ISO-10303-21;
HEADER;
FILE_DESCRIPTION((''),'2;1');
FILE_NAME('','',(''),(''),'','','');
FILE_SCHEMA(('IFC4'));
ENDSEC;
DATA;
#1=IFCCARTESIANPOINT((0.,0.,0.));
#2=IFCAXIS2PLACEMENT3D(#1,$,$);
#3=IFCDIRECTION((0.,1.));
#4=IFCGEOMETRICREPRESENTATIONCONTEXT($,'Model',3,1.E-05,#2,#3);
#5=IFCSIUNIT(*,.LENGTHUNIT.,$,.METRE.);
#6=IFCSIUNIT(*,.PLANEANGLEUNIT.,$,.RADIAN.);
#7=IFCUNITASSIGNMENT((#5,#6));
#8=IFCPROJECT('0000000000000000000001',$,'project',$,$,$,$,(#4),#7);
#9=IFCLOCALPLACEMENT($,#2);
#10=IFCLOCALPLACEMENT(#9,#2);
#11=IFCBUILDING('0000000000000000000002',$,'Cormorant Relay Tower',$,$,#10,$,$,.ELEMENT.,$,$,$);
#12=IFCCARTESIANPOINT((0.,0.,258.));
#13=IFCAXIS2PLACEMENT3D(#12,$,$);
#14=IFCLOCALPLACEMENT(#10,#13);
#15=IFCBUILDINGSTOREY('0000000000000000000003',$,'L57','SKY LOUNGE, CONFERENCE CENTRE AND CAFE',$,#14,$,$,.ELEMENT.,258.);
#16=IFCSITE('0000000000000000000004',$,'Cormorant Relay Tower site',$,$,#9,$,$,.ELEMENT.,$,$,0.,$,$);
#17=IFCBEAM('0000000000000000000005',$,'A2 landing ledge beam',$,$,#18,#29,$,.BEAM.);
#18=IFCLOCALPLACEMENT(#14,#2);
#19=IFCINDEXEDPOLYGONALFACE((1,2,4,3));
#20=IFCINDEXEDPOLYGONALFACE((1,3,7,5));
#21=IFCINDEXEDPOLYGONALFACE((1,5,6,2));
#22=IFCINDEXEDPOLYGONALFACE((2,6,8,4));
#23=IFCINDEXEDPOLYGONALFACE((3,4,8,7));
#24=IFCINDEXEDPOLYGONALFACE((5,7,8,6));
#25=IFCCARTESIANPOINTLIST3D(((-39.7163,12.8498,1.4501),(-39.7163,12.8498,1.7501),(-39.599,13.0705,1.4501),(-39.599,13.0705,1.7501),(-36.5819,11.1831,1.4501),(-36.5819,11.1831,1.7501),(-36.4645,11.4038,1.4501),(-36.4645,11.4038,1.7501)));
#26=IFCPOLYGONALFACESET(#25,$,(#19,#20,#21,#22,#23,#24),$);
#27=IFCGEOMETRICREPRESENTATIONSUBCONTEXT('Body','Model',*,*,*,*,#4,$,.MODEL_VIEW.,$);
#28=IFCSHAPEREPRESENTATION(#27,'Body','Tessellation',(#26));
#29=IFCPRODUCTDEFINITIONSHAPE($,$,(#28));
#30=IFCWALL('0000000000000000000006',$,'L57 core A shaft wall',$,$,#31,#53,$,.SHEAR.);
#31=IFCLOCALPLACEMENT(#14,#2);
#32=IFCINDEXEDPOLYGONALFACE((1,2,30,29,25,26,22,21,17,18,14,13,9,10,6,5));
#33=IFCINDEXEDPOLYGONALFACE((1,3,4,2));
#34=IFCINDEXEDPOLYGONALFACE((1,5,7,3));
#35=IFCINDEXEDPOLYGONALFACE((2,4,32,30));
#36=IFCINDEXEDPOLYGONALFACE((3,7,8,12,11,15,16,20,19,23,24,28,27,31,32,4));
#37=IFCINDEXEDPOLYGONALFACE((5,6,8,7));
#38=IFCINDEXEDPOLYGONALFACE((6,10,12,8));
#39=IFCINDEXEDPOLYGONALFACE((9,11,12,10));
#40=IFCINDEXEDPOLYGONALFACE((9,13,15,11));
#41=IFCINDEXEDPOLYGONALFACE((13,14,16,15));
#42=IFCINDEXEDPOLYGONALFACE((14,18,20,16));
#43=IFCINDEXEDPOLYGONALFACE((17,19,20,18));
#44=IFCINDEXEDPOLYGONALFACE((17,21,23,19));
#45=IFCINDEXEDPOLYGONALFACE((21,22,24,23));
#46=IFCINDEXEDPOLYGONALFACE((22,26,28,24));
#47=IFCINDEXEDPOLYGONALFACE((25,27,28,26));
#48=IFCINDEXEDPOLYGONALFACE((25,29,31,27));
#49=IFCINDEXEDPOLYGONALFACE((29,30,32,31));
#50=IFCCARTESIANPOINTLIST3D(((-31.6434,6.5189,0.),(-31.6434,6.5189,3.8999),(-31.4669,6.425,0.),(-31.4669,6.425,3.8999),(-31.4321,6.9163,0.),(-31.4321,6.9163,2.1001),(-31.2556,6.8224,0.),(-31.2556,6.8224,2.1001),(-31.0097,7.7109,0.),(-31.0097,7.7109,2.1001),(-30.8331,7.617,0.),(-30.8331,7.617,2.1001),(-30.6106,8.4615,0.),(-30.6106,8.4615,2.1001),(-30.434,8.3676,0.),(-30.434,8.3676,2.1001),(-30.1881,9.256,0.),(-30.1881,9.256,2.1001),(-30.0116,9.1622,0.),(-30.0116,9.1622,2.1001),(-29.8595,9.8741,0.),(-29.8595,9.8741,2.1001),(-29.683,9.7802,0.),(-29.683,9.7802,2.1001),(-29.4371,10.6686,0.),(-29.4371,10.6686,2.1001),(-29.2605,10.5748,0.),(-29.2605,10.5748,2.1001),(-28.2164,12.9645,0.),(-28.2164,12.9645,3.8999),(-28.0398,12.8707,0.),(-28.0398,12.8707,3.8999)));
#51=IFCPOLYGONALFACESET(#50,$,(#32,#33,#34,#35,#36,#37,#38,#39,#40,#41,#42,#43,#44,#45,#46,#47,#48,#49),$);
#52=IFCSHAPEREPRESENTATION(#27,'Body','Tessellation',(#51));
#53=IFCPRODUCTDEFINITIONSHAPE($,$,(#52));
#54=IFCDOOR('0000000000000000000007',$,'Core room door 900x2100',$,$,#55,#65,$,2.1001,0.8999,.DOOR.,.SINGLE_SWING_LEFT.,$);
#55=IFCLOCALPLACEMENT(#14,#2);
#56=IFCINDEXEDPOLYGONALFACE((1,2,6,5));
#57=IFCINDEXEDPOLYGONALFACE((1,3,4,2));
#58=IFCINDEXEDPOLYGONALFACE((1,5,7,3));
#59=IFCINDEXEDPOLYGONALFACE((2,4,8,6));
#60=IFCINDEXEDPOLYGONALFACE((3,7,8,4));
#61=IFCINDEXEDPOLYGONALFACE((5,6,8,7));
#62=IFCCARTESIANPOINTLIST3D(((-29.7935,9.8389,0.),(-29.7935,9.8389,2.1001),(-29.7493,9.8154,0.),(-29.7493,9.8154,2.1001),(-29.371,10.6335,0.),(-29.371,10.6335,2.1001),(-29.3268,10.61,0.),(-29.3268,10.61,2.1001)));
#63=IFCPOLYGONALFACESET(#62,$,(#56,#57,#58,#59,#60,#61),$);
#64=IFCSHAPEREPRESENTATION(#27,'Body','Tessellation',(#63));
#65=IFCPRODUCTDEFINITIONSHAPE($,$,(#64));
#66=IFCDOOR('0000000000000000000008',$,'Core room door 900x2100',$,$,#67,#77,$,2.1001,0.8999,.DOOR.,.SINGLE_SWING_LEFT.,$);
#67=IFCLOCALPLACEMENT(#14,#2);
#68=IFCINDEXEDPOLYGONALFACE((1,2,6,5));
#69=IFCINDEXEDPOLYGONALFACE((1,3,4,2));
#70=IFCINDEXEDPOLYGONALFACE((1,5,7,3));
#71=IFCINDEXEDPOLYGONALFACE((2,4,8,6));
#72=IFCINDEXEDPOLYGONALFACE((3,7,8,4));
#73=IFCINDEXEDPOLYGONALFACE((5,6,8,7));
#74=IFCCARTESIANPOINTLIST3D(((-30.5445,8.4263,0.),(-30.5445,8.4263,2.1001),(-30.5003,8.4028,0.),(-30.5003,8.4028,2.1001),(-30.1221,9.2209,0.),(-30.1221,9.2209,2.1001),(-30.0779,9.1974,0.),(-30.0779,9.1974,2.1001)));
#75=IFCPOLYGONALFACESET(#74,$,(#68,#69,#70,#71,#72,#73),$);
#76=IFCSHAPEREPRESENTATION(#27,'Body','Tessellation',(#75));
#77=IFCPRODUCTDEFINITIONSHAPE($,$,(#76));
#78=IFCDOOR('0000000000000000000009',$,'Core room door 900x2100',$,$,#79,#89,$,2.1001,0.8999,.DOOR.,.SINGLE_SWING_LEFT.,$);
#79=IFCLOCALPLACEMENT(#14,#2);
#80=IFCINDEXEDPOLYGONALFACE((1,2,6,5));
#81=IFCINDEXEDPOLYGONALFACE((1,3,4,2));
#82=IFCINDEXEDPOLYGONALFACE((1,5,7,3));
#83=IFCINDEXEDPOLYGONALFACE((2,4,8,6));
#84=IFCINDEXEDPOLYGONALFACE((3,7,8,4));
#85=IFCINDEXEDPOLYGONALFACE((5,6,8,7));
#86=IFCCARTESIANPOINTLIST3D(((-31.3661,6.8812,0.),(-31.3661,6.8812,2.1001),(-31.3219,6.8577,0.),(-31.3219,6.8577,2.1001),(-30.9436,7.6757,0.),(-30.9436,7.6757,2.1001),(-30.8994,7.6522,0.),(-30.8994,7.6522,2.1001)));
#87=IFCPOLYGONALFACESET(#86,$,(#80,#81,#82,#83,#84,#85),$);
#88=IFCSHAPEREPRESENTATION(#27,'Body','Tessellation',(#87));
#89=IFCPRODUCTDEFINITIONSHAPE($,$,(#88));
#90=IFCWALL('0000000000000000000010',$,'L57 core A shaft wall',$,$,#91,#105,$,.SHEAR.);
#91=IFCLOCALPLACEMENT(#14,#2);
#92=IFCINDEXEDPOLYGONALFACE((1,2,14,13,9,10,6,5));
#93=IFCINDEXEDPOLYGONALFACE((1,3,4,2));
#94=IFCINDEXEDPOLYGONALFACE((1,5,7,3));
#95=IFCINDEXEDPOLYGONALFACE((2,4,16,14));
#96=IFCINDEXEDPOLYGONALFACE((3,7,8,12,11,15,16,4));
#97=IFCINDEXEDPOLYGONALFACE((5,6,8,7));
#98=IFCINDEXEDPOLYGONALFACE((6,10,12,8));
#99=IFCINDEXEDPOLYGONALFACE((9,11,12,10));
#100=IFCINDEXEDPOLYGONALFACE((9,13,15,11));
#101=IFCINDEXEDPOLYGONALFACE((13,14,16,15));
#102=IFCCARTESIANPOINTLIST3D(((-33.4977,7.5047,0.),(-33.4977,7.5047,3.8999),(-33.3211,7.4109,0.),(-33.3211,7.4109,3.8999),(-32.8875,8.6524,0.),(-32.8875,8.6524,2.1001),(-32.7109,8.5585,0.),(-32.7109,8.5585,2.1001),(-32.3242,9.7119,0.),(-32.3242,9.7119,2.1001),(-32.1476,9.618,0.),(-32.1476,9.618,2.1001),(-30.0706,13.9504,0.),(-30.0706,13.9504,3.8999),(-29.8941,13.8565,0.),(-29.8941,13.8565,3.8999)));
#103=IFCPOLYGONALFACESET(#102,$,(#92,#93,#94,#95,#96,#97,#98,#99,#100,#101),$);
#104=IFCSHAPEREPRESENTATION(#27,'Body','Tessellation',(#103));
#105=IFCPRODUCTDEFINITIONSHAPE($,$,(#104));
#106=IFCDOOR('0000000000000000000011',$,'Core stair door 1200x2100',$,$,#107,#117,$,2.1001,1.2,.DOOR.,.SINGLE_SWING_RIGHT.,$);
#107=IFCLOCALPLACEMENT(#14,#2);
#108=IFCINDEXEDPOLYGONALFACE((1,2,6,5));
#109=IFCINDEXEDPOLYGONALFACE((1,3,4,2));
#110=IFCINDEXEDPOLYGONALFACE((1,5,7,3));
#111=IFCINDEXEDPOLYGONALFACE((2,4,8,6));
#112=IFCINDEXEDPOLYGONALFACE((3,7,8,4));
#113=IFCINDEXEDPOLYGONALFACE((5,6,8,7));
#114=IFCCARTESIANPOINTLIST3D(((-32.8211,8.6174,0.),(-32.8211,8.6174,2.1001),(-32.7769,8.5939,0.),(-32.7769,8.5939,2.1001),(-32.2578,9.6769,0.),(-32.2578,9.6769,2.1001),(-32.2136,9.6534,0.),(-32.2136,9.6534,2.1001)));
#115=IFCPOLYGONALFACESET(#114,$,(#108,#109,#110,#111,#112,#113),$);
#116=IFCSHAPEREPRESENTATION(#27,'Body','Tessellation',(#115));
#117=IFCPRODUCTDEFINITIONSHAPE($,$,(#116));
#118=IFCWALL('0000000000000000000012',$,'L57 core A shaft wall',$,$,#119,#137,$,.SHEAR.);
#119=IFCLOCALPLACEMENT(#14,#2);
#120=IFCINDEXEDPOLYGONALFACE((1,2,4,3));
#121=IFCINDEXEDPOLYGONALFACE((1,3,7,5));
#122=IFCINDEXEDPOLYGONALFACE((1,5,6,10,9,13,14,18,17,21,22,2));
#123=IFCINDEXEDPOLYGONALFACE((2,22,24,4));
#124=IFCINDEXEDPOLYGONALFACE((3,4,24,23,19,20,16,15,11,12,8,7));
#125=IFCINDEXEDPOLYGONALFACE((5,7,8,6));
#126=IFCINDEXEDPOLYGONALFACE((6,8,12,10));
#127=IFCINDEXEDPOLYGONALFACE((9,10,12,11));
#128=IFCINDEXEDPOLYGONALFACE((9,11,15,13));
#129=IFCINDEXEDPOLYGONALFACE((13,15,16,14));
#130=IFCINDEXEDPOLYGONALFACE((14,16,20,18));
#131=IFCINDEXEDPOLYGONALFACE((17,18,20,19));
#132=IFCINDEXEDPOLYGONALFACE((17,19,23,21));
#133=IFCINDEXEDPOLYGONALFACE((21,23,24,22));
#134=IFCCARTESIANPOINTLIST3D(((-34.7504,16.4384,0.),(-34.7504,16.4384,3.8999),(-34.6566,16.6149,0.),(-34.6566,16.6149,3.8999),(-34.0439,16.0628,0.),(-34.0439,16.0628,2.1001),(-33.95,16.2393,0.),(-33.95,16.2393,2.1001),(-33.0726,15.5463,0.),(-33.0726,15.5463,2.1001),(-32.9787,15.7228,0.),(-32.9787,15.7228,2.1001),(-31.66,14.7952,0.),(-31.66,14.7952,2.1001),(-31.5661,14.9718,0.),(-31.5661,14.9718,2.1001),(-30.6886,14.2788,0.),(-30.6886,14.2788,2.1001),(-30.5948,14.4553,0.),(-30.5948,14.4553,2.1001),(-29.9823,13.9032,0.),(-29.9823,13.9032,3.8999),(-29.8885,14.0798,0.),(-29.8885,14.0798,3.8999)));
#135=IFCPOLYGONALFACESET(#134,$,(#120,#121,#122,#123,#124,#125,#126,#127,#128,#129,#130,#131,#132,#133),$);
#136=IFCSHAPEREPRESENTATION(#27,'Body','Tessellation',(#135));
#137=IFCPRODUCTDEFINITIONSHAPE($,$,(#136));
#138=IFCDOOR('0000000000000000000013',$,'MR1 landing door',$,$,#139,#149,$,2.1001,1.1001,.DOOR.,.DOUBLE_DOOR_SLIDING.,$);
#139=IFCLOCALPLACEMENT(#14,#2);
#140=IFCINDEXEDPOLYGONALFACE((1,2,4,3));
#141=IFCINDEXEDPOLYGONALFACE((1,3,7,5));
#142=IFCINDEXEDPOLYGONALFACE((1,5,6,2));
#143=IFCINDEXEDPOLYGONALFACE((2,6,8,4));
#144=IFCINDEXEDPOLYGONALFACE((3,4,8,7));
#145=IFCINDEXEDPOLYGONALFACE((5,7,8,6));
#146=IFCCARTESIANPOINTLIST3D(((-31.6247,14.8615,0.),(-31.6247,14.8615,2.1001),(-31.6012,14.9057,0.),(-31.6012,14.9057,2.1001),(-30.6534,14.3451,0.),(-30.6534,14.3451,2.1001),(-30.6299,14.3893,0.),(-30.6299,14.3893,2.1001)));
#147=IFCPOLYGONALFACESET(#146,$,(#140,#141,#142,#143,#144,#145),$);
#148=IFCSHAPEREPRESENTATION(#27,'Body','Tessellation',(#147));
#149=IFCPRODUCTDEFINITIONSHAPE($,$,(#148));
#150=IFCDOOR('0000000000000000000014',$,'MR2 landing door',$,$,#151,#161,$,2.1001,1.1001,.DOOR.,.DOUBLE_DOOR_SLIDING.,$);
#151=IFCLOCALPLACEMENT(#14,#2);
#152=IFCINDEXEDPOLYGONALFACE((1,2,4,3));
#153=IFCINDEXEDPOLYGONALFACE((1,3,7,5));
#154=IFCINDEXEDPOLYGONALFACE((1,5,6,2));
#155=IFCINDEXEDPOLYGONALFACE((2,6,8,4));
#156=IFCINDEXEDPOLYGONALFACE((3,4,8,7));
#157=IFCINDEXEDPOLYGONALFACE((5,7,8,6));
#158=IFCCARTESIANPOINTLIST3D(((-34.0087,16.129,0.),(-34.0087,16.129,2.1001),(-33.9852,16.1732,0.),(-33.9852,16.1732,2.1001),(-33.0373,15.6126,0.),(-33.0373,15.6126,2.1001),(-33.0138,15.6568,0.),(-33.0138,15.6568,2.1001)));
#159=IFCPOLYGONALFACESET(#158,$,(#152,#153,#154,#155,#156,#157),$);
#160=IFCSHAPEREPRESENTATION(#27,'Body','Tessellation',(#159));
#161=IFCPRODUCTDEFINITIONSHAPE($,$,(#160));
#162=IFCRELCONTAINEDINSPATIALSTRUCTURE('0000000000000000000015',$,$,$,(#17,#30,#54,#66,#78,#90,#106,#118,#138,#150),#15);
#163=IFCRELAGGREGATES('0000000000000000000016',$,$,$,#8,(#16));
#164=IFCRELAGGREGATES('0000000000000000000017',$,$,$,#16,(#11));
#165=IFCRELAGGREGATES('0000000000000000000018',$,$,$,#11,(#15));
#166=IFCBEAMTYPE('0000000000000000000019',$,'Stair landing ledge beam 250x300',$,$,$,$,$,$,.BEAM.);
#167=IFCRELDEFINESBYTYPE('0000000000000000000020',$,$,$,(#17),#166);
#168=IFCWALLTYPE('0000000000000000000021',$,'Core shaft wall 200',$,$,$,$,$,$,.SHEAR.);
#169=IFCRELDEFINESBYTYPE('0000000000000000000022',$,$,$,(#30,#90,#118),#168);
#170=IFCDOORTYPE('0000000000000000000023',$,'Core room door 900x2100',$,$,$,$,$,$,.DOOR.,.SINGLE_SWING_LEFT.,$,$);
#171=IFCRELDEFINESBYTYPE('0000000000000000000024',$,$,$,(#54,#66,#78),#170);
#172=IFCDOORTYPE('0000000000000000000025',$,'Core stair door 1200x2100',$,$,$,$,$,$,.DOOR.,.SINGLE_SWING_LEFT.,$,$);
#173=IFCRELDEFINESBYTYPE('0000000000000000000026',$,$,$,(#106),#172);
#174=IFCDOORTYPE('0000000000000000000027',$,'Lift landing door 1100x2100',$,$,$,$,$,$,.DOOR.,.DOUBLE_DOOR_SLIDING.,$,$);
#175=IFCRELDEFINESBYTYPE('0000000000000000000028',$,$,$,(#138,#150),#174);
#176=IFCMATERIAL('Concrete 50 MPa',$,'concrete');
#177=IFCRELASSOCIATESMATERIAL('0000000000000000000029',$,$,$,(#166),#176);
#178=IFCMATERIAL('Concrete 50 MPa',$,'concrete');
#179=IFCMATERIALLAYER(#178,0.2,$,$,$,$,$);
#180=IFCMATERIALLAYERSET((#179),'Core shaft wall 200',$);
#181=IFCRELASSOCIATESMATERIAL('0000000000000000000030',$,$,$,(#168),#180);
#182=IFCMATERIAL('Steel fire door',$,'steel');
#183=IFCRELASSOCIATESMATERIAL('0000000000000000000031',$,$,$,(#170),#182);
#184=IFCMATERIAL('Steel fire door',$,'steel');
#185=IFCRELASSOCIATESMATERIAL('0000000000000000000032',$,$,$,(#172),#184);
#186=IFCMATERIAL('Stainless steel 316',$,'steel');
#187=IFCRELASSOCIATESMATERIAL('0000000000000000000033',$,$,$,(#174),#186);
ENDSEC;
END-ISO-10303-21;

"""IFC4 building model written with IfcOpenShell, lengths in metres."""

from ifc_helpers import new_model, si_unit, direction, frame, frame_2d, origin, origin_2d, place, context, subcontext, project, spatial, rectangle, extrude, material, layer, layer_set, material_profile, profile_set, type_object, element, fill, save


model = new_model("IFC4")

# Units and contexts
model_context = context("Model", 3, precision=1e-05, world=origin(), true_north=direction((0.0, 1.0)))
body_context = subcontext(model_context, "Body", "Model", "MODEL_VIEW")
ifc_project = project(units=[si_unit("LENGTHUNIT", "METRE"), si_unit("PLANEANGLEUNIT", "RADIAN")], contexts=[model_context])

# Site, building, storey
site_placement = place(None, origin())
site = spatial("IfcSite", under=ifc_project, at=site_placement, Name="Cormorant Relay Tower site", CompositionType="ELEMENT", RefElevation=0.0)
building_placement = place(site_placement, origin())
building = spatial("IfcBuilding", under=site, at=building_placement, Name="Cormorant Relay Tower", CompositionType="ELEMENT")
storey_placement = place(building_placement, frame((0.0, 0.0, 258.0)))
storey = spatial("IfcBuildingStorey", under=building, at=storey_placement, Name="L57", Description="SKY LOUNGE, CONFERENCE CENTRE AND CAFE", CompositionType="ELEMENT", Elevation=258.0)

# Beam
ifc_material_1 = material(Name="Concrete 50 MPa", Category="concrete")
ifc_material_profile = material_profile(ifc_material_1, rectangle(XDim=0.25, YDim=0.3, at=origin_2d()), Name="RC 250x300")
ifc_profile_set = profile_set([ifc_material_profile], Name="Concrete 50 MPa")
beam_type = type_object("IfcBeamType", Name="Stair landing ledge beam 250x300", PredefinedType="BEAM", material=ifc_profile_set)
beam_placement = place(storey_placement, frame((-36.5232, 11.2935, 1.6001), z_axis=(-0.882937, 0.469492, 0.0), x_axis=(-0.469492, -0.882937, 0.0)))
element("IfcBeam", 1, at=beam_placement, inside=storey, type_object=beam_type, Name="A2 landing ledge beam", PredefinedType="BEAM", context=body_context, shape_type="SweptSolid", body=[
    extrude(rectangle(XDim=0.25, YDim=0.3, at=origin_2d()), origin(), (0.0, 0.0, 1.0), 3.55),
])

# Wall, openings, doors
ifc_material_2 = material(Name="Concrete 50 MPa", Category="concrete")
ifc_layer = layer(ifc_material_2, 0.2)
ifc_layer_set = layer_set([ifc_layer], Name="Core shaft wall 200")
wall_type = type_object("IfcWallType", Name="Core shaft wall 200", PredefinedType="SHEAR", material=ifc_layer_set)
wall_1_placement = place(storey_placement, frame((-28.1282, 12.9175, 0.0), z_axis=(0.0, 0.0, 1.0), x_axis=(-0.469454, -0.882957, 0.0)))
wall_1 = element("IfcWall", 2, at=wall_1_placement, inside=storey, type_object=wall_type, Name="L57 core A shaft wall", PredefinedType="SHEAR", context=body_context, shape_type="SweptSolid", body=[
    extrude(rectangle(XDim=7.3, YDim=0.2, at=frame_2d((3.6499, 0.0))), origin(), (0.0, 0.0, 1.0), 3.8999),
])
opening_1_placement = place(wall_1_placement, frame((2.6001, 0.0, 0.0)))
opening_1 = element("IfcOpeningElement", 3, at=opening_1_placement, cuts=wall_1, PredefinedType="OPENING", context=body_context, shape_type="SweptSolid", body=[
    extrude(rectangle(XDim=0.8999, YDim=2.1001, at=frame_2d((0.45, 1.05))), frame((0.0, 0.1099, 0.0), z_axis=(0.0, -1.0, 0.0), x_axis=(1.0, 0.0, 0.0)), (0.0, 0.0, 1.0), 0.22),
])
opening_2_placement = place(wall_1_placement, frame((4.2, 0.0, 0.0)))
opening_2 = element("IfcOpeningElement", 4, at=opening_2_placement, cuts=wall_1, PredefinedType="OPENING", context=body_context, shape_type="SweptSolid", body=[
    extrude(rectangle(XDim=0.8999, YDim=2.1001, at=frame_2d((0.45, 1.05))), frame((0.0, 0.1099, 0.0), z_axis=(0.0, -1.0, 0.0), x_axis=(1.0, 0.0, 0.0)), (0.0, 0.0, 1.0), 0.22),
])
opening_3_placement = place(wall_1_placement, frame((5.95, 0.0, 0.0)))
opening_3 = element("IfcOpeningElement", 5, at=opening_3_placement, cuts=wall_1, PredefinedType="OPENING", context=body_context, shape_type="SweptSolid", body=[
    extrude(rectangle(XDim=0.8999, YDim=2.1001, at=frame_2d((0.45, 1.05))), frame((0.0, 0.1099, 0.0), z_axis=(0.0, -1.0, 0.0), x_axis=(1.0, 0.0, 0.0)), (0.0, 0.0, 1.0), 0.22),
])
ifc_material_3 = material(Name="Steel fire door", Category="steel")
door_type_1 = type_object("IfcDoorType", Name="Core room door 900x2100", OperationType="SINGLE_SWING_LEFT", PredefinedType="DOOR", material=ifc_material_3)
door_1_placement = place(opening_1_placement, origin())
door_1 = element("IfcDoor", 6, at=door_1_placement, inside=storey, type_object=door_type_1, Name="Core room door 900x2100", OperationType="SINGLE_SWING_LEFT", OverallHeight=2.1001, OverallWidth=0.8999, PredefinedType="DOOR", context=body_context, shape_type="SweptSolid", body=[
    extrude(rectangle(XDim=0.8999, YDim=2.1001, at=frame_2d((0.45, 1.05))), frame((0.0, 0.0249, 0.0), z_axis=(0.0, -1.0, 0.0), x_axis=(1.0, 0.0, 0.0)), (0.0, 0.0, 1.0), 0.05),
])
fill(opening_1, door_1)
door_2_placement = place(opening_2_placement, origin())
door_2 = element("IfcDoor", 7, at=door_2_placement, inside=storey, type_object=door_type_1, Name="Core room door 900x2100", OperationType="SINGLE_SWING_LEFT", OverallHeight=2.1001, OverallWidth=0.8999, PredefinedType="DOOR", context=body_context, shape_type="SweptSolid", body=[
    extrude(rectangle(XDim=0.8999, YDim=2.1001, at=frame_2d((0.45, 1.05))), frame((0.0, 0.0249, 0.0), z_axis=(0.0, -1.0, 0.0), x_axis=(1.0, 0.0, 0.0)), (0.0, 0.0, 1.0), 0.05),
])
fill(opening_2, door_2)
door_3_placement = place(opening_3_placement, origin())
door_3 = element("IfcDoor", 8, at=door_3_placement, inside=storey, type_object=door_type_1, Name="Core room door 900x2100", OperationType="SINGLE_SWING_LEFT", OverallHeight=2.1001, OverallWidth=0.8999, PredefinedType="DOOR", context=body_context, shape_type="SweptSolid", body=[
    extrude(rectangle(XDim=0.8999, YDim=2.1001, at=frame_2d((0.45, 1.05))), frame((0.0, 0.0249, 0.0), z_axis=(0.0, -1.0, 0.0), x_axis=(1.0, 0.0, 0.0)), (0.0, 0.0, 1.0), 0.05),
])
fill(opening_3, door_3)

# Wall, opening, door
wall_2_placement = place(storey_placement, frame((-29.9824, 13.9033, 0.0), z_axis=(0.0, 0.0, 1.0), x_axis=(-0.469454, -0.882957, 0.0)))
wall_2 = element("IfcWall", 9, at=wall_2_placement, inside=storey, type_object=wall_type, Name="L57 core A shaft wall", PredefinedType="SHEAR", context=body_context, shape_type="SweptSolid", body=[
    extrude(rectangle(XDim=7.3, YDim=0.2, at=frame_2d((3.6499, 0.0))), origin(), (0.0, 0.0, 1.0), 3.8999),
])
opening_4_placement = place(wall_2_placement, frame((4.8, 0.0, 0.0)))
opening_4 = element("IfcOpeningElement", 10, at=opening_4_placement, cuts=wall_2, PredefinedType="OPENING", context=body_context, shape_type="SweptSolid", body=[
    extrude(rectangle(XDim=1.2, YDim=2.1001, at=frame_2d((0.6001, 1.05))), frame((0.0, 0.1099, 0.0), z_axis=(0.0, -1.0, 0.0), x_axis=(1.0, 0.0, 0.0)), (0.0, 0.0, 1.0), 0.22),
])
ifc_material_4 = material(Name="Steel fire door", Category="steel")
door_type_2 = type_object("IfcDoorType", Name="Core stair door 1200x2100", OperationType="SINGLE_SWING_LEFT", PredefinedType="DOOR", material=ifc_material_4)
door_4_placement = place(opening_4_placement, frame((1.2, 0.0, 0.0), z_axis=(0.0, 0.0, 1.0), x_axis=(-1.0, 0.0, 0.0)))
door_4 = element("IfcDoor", 11, at=door_4_placement, inside=storey, type_object=door_type_2, Name="Core stair door 1200x2100", OperationType="SINGLE_SWING_RIGHT", OverallHeight=2.1001, OverallWidth=1.2, PredefinedType="DOOR", context=body_context, shape_type="SweptSolid", body=[
    extrude(rectangle(XDim=1.2, YDim=2.1001, at=frame_2d((0.6001, 1.05))), frame((0.0, 0.0249, 0.0), z_axis=(0.0, -1.0, 0.0), x_axis=(1.0, 0.0, 0.0)), (0.0, 0.0, 1.0), 0.05),
])
fill(opening_4, door_4)

# Wall, openings, doors
wall_3_placement = place(storey_placement, frame((-29.9353, 13.9915, 0.0), z_axis=(0.0, 0.0, 1.0), x_axis=(-0.882953, 0.469462, 0.0)))
wall_3 = element("IfcWall", 12, at=wall_3_placement, inside=storey, type_object=wall_type, Name="L57 core A shaft wall", PredefinedType="SHEAR", context=body_context, shape_type="SweptSolid", body=[
    extrude(rectangle(XDim=5.4001, YDim=0.2, at=frame_2d((2.7002, 0.0))), origin(), (0.0, 0.0, 1.0), 3.8999),
])
opening_5_placement = place(wall_3_placement, frame((0.8, 0.0, 0.0)))
opening_5 = element("IfcOpeningElement", 13, at=opening_5_placement, cuts=wall_3, PredefinedType="OPENING", context=body_context, shape_type="SweptSolid", body=[
    extrude(rectangle(XDim=1.1001, YDim=2.1001, at=frame_2d((0.55, 1.05))), frame((0.0, 0.1099, 0.0), z_axis=(0.0, -1.0, 0.0), x_axis=(1.0, 0.0, 0.0)), (0.0, 0.0, 1.0), 0.22),
])
opening_6_placement = place(wall_3_placement, frame((3.5, 0.0, 0.0)))
opening_6 = element("IfcOpeningElement", 14, at=opening_6_placement, cuts=wall_3, PredefinedType="OPENING", context=body_context, shape_type="SweptSolid", body=[
    extrude(rectangle(XDim=1.1001, YDim=2.1001, at=frame_2d((0.55, 1.05))), frame((0.0, 0.1099, 0.0), z_axis=(0.0, -1.0, 0.0), x_axis=(1.0, 0.0, 0.0)), (0.0, 0.0, 1.0), 0.22),
])
ifc_material_5 = material(Name="Stainless steel 316", Category="steel")
door_type_3 = type_object("IfcDoorType", Name="Lift landing door 1100x2100", OperationType="DOUBLE_DOOR_SLIDING", PredefinedType="DOOR", material=ifc_material_5)
door_5_placement = place(opening_5_placement, origin())
door_5 = element("IfcDoor", 15, at=door_5_placement, inside=storey, type_object=door_type_3, Name="MR1 landing door", OperationType="DOUBLE_DOOR_SLIDING", OverallHeight=2.1001, OverallWidth=1.1001, PredefinedType="DOOR", context=body_context, shape_type="SweptSolid", body=[
    extrude(rectangle(XDim=1.1001, YDim=2.1001, at=frame_2d((0.55, 1.05))), frame((0.0, 0.0249, 0.0), z_axis=(0.0, -1.0, 0.0), x_axis=(1.0, 0.0, 0.0)), (0.0, 0.0, 1.0), 0.05),
])
fill(opening_5, door_5)
door_6_placement = place(opening_6_placement, origin())
door_6 = element("IfcDoor", 16, at=door_6_placement, inside=storey, type_object=door_type_3, Name="MR2 landing door", OperationType="DOUBLE_DOOR_SLIDING", OverallHeight=2.1001, OverallWidth=1.1001, PredefinedType="DOOR", context=body_context, shape_type="SweptSolid", body=[
    extrude(rectangle(XDim=1.1001, YDim=2.1001, at=frame_2d((0.55, 1.05))), frame((0.0, 0.0249, 0.0), z_axis=(0.0, -1.0, 0.0), x_axis=(1.0, 0.0, 0.0)), (0.0, 0.0, 1.0), 0.05),
])
fill(opening_6, door_6)

save(model, "model.ifc")
